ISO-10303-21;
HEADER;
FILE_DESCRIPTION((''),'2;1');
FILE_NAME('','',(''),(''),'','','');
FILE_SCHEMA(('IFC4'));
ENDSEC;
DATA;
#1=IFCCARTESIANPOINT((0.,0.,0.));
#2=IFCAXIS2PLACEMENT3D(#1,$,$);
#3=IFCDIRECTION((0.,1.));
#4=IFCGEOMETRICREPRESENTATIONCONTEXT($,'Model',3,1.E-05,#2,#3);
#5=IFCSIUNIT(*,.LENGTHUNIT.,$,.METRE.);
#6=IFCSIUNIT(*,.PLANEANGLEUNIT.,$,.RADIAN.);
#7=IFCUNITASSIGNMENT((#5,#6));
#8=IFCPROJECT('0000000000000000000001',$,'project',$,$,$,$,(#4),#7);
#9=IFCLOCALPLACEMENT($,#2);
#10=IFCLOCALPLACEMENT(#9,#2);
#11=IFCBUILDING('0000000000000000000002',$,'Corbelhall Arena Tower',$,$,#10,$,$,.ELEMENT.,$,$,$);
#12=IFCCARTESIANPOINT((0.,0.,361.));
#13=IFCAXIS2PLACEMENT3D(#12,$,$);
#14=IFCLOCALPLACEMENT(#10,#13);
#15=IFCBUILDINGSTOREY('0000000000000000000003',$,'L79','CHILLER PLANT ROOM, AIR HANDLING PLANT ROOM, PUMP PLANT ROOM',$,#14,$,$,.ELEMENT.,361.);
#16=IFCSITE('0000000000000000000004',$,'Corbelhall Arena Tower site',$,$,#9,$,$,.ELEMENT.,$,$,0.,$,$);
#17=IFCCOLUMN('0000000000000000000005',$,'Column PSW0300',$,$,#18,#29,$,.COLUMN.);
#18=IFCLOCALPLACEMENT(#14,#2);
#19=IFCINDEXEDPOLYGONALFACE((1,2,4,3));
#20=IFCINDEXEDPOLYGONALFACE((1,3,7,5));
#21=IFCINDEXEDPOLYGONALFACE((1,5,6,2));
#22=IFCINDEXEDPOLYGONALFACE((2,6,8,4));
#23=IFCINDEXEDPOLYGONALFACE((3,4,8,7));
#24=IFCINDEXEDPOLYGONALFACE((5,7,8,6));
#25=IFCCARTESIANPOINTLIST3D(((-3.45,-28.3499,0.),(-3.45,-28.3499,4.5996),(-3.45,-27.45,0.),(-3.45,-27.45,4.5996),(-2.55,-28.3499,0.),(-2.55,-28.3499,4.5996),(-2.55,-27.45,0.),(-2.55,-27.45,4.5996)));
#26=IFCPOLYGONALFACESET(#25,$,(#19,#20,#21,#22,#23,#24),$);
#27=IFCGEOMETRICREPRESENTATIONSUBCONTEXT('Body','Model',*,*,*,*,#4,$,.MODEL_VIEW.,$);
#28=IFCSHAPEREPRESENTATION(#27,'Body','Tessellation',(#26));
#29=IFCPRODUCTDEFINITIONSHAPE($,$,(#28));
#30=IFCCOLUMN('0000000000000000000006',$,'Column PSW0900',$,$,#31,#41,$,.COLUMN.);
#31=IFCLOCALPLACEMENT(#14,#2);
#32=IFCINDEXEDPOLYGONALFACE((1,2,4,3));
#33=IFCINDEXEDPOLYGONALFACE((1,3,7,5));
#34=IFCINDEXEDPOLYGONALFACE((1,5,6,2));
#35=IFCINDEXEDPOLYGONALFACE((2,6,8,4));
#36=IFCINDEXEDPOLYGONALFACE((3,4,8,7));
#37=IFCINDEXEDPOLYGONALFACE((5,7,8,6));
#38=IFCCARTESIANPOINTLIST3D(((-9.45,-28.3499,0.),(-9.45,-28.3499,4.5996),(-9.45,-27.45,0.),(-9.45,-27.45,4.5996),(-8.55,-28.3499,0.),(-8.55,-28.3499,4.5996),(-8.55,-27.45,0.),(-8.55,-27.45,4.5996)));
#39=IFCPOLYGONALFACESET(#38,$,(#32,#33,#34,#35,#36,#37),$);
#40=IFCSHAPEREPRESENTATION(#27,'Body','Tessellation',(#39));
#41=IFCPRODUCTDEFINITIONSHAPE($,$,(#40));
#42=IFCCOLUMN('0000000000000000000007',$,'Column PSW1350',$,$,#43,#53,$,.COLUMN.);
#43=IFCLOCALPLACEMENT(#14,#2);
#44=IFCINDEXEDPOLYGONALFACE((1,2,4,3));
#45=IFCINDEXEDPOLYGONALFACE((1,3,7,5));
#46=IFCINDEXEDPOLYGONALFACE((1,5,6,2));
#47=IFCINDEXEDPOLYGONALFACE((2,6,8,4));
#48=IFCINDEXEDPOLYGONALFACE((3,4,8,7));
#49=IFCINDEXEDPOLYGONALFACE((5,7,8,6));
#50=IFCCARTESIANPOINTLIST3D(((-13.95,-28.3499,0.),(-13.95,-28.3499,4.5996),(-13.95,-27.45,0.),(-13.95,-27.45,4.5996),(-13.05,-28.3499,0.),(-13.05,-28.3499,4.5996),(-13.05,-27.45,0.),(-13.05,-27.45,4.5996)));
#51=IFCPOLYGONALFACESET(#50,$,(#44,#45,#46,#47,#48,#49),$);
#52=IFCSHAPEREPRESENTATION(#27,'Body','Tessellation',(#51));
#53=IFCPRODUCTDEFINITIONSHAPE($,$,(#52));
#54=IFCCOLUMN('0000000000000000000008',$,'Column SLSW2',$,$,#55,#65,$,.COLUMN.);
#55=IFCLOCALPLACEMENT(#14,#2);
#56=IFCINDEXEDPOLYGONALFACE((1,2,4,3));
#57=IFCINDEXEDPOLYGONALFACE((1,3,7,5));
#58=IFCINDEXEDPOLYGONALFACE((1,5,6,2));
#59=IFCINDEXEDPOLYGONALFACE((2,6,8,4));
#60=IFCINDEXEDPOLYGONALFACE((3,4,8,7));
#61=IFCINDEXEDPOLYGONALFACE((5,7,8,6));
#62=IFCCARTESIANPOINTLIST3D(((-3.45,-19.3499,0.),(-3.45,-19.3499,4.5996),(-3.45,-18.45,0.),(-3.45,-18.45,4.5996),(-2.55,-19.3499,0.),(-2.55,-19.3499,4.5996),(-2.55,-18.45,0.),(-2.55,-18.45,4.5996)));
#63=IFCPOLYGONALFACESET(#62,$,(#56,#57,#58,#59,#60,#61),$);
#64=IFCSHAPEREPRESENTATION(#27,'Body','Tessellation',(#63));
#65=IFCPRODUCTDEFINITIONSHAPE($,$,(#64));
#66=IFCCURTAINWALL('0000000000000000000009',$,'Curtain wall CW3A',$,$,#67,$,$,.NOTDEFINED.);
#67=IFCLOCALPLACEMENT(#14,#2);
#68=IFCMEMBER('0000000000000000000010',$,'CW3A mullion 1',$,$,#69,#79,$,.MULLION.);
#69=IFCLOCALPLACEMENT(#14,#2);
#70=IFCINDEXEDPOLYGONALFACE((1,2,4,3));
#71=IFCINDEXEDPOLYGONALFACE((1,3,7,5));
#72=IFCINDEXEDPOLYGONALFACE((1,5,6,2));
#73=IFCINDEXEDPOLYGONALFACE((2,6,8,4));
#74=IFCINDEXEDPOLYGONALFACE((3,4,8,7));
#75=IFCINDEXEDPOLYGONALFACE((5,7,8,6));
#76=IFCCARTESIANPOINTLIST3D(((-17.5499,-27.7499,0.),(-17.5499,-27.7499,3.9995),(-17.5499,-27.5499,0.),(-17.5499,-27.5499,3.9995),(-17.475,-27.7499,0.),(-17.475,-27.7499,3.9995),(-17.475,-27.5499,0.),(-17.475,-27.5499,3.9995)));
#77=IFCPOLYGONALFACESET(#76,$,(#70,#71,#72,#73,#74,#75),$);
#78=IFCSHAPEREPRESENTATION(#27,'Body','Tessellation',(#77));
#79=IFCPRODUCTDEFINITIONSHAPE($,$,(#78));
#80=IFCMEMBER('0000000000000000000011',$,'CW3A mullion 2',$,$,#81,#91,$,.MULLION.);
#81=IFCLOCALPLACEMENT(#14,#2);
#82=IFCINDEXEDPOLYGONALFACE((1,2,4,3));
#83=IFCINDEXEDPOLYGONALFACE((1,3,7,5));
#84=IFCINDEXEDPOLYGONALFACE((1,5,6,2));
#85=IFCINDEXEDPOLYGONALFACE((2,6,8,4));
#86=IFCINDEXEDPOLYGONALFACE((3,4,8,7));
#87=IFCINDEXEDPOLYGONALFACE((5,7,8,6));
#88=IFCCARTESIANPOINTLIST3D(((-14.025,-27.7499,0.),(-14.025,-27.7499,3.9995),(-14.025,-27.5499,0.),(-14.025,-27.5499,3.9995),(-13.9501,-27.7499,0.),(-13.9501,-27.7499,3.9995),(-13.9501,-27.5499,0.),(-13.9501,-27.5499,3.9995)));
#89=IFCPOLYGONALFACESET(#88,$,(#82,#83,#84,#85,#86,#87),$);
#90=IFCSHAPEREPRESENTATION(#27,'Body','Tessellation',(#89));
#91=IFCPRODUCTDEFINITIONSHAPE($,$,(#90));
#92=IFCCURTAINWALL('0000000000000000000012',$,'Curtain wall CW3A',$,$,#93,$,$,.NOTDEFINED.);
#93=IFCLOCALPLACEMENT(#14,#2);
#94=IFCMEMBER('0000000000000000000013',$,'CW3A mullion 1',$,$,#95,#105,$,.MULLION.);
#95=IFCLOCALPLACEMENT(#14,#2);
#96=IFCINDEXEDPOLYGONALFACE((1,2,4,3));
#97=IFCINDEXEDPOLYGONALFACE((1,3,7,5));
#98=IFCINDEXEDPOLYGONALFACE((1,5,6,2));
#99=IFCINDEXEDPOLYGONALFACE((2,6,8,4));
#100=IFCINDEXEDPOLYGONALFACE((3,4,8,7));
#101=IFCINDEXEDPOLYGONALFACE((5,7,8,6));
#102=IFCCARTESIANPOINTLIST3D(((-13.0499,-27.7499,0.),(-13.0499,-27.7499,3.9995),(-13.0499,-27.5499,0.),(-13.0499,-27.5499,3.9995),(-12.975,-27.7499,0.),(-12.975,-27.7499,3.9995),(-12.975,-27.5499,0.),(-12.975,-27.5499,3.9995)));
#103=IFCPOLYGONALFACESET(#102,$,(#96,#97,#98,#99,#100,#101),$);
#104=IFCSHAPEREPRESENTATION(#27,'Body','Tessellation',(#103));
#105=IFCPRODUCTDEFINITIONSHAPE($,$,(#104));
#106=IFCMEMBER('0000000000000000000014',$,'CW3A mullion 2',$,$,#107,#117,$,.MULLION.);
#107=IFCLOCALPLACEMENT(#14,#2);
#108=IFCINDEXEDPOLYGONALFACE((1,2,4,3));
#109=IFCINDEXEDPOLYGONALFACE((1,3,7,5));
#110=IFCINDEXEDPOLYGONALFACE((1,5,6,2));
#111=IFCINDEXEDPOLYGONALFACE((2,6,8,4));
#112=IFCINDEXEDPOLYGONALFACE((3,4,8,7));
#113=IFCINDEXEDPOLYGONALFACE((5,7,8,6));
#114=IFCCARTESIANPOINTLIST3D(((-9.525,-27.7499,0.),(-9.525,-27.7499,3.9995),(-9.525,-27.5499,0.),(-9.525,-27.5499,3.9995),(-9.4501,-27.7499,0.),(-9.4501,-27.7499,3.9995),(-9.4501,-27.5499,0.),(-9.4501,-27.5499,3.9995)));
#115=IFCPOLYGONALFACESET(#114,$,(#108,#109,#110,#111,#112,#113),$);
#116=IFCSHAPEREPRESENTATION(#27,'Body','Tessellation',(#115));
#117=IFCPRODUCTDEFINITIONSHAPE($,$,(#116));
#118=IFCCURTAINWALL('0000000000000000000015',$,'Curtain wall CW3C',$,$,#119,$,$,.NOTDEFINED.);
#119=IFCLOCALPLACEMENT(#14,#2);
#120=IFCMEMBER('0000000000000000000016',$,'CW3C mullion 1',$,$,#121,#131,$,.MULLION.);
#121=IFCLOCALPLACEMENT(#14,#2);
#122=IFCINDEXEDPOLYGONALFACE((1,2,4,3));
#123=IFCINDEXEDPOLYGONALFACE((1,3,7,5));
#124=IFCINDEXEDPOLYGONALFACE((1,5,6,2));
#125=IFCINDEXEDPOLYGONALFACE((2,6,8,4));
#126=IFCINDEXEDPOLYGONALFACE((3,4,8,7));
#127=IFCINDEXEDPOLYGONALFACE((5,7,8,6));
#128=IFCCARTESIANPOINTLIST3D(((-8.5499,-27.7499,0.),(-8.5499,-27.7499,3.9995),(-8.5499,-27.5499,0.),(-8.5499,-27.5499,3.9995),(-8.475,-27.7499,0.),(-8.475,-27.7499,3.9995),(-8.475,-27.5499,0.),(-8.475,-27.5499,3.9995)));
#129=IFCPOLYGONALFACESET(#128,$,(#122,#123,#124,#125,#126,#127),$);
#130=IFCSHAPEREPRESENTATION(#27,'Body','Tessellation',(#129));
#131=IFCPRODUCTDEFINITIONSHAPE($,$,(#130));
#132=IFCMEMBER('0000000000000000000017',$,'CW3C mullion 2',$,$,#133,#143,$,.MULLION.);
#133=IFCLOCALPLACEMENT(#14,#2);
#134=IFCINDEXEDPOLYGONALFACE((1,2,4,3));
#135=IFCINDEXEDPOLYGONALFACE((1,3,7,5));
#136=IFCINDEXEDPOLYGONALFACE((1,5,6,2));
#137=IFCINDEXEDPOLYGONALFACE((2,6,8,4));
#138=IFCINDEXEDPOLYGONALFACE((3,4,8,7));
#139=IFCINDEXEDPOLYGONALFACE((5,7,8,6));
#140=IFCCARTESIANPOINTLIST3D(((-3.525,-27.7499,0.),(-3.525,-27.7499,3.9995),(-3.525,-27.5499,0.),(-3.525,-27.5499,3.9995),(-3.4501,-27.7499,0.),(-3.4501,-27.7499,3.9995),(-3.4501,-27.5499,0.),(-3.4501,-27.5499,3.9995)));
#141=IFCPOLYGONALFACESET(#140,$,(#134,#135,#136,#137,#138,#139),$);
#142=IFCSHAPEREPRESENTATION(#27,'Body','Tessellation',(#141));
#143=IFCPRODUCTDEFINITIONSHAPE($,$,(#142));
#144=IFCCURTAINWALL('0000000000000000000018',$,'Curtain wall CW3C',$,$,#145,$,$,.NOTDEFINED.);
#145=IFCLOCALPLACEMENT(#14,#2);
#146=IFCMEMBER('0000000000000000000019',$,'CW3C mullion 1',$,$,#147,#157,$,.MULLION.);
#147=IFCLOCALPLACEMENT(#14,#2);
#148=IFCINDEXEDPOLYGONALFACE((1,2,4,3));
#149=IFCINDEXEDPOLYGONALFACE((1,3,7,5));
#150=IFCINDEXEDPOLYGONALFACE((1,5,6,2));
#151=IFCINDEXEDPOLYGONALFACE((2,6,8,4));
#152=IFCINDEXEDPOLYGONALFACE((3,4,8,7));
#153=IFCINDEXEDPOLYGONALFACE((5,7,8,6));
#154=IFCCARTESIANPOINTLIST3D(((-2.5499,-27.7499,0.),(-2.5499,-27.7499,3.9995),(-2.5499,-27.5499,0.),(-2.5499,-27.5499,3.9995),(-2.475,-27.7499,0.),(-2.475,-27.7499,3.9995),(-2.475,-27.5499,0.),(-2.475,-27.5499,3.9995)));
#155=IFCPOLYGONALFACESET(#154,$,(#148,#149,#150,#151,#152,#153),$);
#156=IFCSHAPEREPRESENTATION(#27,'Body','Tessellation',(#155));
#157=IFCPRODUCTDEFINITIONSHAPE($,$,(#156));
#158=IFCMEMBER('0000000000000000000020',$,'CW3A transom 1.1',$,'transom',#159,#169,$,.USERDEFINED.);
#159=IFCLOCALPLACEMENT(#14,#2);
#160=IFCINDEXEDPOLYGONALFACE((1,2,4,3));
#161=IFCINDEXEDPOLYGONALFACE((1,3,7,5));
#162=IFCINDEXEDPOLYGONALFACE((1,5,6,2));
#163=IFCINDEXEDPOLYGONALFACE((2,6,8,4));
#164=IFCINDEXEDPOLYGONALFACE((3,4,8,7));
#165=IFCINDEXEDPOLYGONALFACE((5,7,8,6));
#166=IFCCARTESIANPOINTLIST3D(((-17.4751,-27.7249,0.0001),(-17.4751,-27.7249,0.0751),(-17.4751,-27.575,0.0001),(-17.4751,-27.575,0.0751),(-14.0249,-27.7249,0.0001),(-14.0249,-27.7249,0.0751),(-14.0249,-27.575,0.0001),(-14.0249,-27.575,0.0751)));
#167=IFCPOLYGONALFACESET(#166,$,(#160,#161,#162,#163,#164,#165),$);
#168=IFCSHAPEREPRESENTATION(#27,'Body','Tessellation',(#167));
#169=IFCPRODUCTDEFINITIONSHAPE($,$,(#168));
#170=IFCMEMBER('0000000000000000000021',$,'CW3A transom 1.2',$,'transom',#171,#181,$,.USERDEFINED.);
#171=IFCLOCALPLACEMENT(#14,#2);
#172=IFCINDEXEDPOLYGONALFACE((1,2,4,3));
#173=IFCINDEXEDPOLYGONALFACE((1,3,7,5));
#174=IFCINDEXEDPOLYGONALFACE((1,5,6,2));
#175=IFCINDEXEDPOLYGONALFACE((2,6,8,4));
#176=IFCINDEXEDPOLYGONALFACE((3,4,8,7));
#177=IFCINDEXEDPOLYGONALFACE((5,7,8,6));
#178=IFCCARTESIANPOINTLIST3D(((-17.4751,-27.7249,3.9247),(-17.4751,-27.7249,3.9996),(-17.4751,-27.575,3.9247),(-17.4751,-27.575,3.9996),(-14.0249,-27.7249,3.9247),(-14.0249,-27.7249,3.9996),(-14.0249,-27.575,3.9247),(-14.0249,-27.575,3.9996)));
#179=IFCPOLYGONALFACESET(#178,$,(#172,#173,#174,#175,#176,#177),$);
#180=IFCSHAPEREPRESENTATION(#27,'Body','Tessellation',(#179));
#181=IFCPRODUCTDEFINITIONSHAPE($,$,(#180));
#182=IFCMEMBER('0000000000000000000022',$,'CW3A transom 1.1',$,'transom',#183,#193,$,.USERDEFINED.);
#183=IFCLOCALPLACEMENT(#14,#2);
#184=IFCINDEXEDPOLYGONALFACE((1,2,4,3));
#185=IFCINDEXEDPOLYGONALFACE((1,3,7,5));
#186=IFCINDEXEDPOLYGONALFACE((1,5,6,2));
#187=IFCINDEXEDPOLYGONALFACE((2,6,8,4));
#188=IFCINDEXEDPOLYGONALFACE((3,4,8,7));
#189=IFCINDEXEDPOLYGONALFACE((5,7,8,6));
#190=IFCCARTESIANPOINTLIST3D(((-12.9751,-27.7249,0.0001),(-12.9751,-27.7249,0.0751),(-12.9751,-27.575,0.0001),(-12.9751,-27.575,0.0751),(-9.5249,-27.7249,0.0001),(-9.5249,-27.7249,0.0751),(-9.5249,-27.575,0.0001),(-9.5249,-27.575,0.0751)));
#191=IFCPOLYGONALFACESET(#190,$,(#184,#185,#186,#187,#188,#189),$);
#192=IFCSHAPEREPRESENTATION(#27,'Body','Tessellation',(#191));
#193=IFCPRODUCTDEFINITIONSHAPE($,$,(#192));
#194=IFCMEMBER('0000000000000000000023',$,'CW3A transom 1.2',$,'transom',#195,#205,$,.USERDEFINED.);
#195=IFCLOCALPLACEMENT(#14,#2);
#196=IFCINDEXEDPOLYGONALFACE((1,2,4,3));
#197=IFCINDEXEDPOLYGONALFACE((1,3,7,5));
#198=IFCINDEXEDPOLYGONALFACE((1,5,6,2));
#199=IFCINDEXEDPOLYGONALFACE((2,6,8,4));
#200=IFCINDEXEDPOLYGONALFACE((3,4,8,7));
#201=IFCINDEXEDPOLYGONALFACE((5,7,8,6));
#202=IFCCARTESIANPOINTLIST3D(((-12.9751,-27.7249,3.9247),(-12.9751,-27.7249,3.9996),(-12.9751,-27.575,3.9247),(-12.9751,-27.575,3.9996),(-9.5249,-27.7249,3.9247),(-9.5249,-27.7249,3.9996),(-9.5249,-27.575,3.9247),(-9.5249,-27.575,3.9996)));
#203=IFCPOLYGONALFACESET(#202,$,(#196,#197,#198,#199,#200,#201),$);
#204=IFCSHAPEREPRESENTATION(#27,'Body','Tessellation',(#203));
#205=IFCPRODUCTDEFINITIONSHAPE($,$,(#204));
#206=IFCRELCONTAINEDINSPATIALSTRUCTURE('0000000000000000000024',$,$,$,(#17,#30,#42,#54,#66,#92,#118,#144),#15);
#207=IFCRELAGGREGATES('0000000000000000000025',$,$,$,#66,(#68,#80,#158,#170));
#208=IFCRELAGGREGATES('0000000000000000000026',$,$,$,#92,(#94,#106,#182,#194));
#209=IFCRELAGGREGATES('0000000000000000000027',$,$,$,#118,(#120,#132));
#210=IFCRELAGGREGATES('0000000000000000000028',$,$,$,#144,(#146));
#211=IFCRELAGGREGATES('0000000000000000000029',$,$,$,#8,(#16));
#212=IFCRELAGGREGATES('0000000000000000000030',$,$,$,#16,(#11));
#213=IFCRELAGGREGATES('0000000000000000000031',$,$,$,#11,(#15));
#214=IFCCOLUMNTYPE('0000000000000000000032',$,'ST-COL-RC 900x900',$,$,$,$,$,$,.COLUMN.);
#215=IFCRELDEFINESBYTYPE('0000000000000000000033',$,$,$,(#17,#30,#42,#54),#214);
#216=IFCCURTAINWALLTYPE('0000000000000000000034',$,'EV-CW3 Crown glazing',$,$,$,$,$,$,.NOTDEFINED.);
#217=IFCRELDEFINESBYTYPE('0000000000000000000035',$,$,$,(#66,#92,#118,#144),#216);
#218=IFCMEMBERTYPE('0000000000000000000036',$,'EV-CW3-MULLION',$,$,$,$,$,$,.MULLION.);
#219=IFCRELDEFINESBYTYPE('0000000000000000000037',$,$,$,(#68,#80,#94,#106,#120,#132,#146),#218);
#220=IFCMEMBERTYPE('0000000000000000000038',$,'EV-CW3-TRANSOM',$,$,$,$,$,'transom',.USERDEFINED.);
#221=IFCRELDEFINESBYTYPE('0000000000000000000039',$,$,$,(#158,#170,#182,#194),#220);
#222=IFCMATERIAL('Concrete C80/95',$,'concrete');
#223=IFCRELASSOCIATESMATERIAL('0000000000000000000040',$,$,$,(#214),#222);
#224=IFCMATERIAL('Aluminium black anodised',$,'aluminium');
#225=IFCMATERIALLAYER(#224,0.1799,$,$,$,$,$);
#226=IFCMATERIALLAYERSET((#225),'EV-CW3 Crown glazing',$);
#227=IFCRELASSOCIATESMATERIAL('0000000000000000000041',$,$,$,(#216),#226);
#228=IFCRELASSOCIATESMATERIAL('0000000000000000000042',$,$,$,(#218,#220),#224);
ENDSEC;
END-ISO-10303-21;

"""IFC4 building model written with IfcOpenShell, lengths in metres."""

from ifc_helpers import new_model, si_unit, direction, frame, origin, origin_2d, place, context, subcontext, project, spatial, rectangle, extrude, material, layer, layer_set, material_profile, profile_set, type_object, element, aggregate, save


model = new_model("IFC4")

# Units and contexts
model_context = context("Model", 3, precision=1e-05, world=origin(), true_north=direction((0.0, 1.0)))
body_context = subcontext(model_context, "Body", "Model", "MODEL_VIEW")
ifc_project = project(units=[si_unit("LENGTHUNIT", "METRE"), si_unit("PLANEANGLEUNIT", "RADIAN")], contexts=[model_context])

# Site, building, storey
site_placement = place(None, origin())
site = spatial("IfcSite", under=ifc_project, at=site_placement, Name="Corbelhall Arena Tower site", CompositionType="ELEMENT", RefElevation=0.0)
building_placement = place(site_placement, origin())
building = spatial("IfcBuilding", under=site, at=building_placement, Name="Corbelhall Arena Tower", CompositionType="ELEMENT")
storey_placement = place(building_placement, frame((0.0, 0.0, 361.0)))
storey = spatial("IfcBuildingStorey", under=building, at=storey_placement, Name="L79", Description="CHILLER PLANT ROOM, AIR HANDLING PLANT ROOM, PUMP PLANT ROOM", CompositionType="ELEMENT", Elevation=361.0)

# Columns
ifc_material_1 = material(Name="Concrete C80/95", Category="concrete")
ifc_material_profile_1 = material_profile(ifc_material_1, rectangle(XDim=0.8999, YDim=0.8999, at=origin_2d()))
ifc_profile_set_1 = profile_set([ifc_material_profile_1], Name="Concrete C80/95")
column_type = type_object("IfcColumnType", Name="ST-COL-RC 900x900", PredefinedType="COLUMN", material=ifc_profile_set_1)
for number, where, z_axis, x_axis, name in (
    (1, (-3.0, -27.8999, 0.0), (0.0, 0.0, 1.0), (1.0, 0.0, 0.0), "Column PSW0300"),
    (2, (-9.0, -27.8999, 0.0), (0.0, 0.0, 1.0), (1.0, 0.0, 0.0), "Column PSW0900"),
    (3, (-13.5, -27.8999, 0.0), (0.0, 0.0, 1.0), (1.0, 0.0, 0.0), "Column PSW1350"),
    (4, (-3.0, -18.8999, 0.0), (0.0, 0.0, 1.0), (1.0, 0.0, 0.0), "Column SLSW2"),
):
    element("IfcColumn", number, at=place(storey_placement, frame(where, z_axis=z_axis, x_axis=x_axis)), inside=storey, type_object=column_type, Name=name, PredefinedType="COLUMN", context=body_context, shape_type="SweptSolid", body=[
        extrude(rectangle(XDim=0.8999, YDim=0.8999, at=origin_2d()), origin(), (0.0, 0.0, 1.0), 4.5996),
    ])

# Curtain walls, members
ifc_material_2 = material(Name="Aluminium black anodised", Category="aluminium")
ifc_layer_1 = layer(ifc_material_2, 0.1799)
ifc_layer_set_1 = layer_set([ifc_layer_1], Name="EV-CW3 Crown glazing")
curtain_wall_type = type_object("IfcCurtainWallType", Name="EV-CW3 Crown glazing", PredefinedType="NOTDEFINED", material=ifc_layer_set_1)
curtain_wall_1_placement = place(storey_placement, origin())
curtain_wall_1 = element("IfcCurtainWall", 5, at=curtain_wall_1_placement, inside=storey, type_object=curtain_wall_type, Name="Curtain wall CW3A", PredefinedType="NOTDEFINED")
ifc_material_profile_2 = material_profile(ifc_material_2, rectangle(XDim=0.2, YDim=0.075, at=origin_2d()))
ifc_profile_set_2 = profile_set([ifc_material_profile_2], Name="Aluminium black anodised")
member_type_1 = type_object("IfcMemberType", Name="EV-CW3-MULLION", PredefinedType="MULLION", material=ifc_profile_set_2)
member_1_placement = place(storey_placement, frame((-17.5125, -27.6499, 0.0), z_axis=(0.0, 0.0, 1.0), x_axis=(0.0, 1.0, 0.0)))
member_1 = element("IfcMember", 6, at=member_1_placement, type_object=member_type_1, Name="CW3A mullion 1", PredefinedType="MULLION", context=body_context, shape_type="SweptSolid", body=[
    extrude(rectangle(XDim=0.2, YDim=0.075, at=origin_2d()), origin(), (0.0, 0.0, 1.0), 3.9995),
])
member_2_placement = place(storey_placement, frame((-13.9875, -27.6499, 0.0), z_axis=(0.0, 0.0, 1.0), x_axis=(0.0, 1.0, 0.0)))
member_2 = element("IfcMember", 7, at=member_2_placement, type_object=member_type_1, Name="CW3A mullion 2", PredefinedType="MULLION", context=body_context, shape_type="SweptSolid", body=[
    extrude(rectangle(XDim=0.2, YDim=0.075, at=origin_2d()), origin(), (0.0, 0.0, 1.0), 3.9995),
])
curtain_wall_2_placement = place(storey_placement, origin())
curtain_wall_2 = element("IfcCurtainWall", 8, at=curtain_wall_2_placement, inside=storey, type_object=curtain_wall_type, Name="Curtain wall CW3A", PredefinedType="NOTDEFINED")
member_3_placement = place(storey_placement, frame((-13.0125, -27.6499, 0.0), z_axis=(0.0, 0.0, 1.0), x_axis=(0.0, 1.0, 0.0)))
member_3 = element("IfcMember", 9, at=member_3_placement, type_object=member_type_1, Name="CW3A mullion 1", PredefinedType="MULLION", context=body_context, shape_type="SweptSolid", body=[
    extrude(rectangle(XDim=0.2, YDim=0.075, at=origin_2d()), origin(), (0.0, 0.0, 1.0), 3.9995),
])
member_4_placement = place(storey_placement, frame((-9.4875, -27.6499, 0.0), z_axis=(0.0, 0.0, 1.0), x_axis=(0.0, 1.0, 0.0)))
member_4 = element("IfcMember", 10, at=member_4_placement, type_object=member_type_1, Name="CW3A mullion 2", PredefinedType="MULLION", context=body_context, shape_type="SweptSolid", body=[
    extrude(rectangle(XDim=0.2, YDim=0.075, at=origin_2d()), origin(), (0.0, 0.0, 1.0), 3.9995),
])
curtain_wall_3_placement = place(storey_placement, origin())
curtain_wall_3 = element("IfcCurtainWall", 11, at=curtain_wall_3_placement, inside=storey, type_object=curtain_wall_type, Name="Curtain wall CW3C", PredefinedType="NOTDEFINED")
member_5_placement = place(storey_placement, frame((-8.5125, -27.6499, 0.0), z_axis=(0.0, 0.0, 1.0), x_axis=(0.0, 1.0, 0.0)))
member_5 = element("IfcMember", 12, at=member_5_placement, type_object=member_type_1, Name="CW3C mullion 1", PredefinedType="MULLION", context=body_context, shape_type="SweptSolid", body=[
    extrude(rectangle(XDim=0.2, YDim=0.075, at=origin_2d()), origin(), (0.0, 0.0, 1.0), 3.9995),
])
member_6_placement = place(storey_placement, frame((-3.4875, -27.6499, 0.0), z_axis=(0.0, 0.0, 1.0), x_axis=(0.0, 1.0, 0.0)))
member_6 = element("IfcMember", 13, at=member_6_placement, type_object=member_type_1, Name="CW3C mullion 2", PredefinedType="MULLION", context=body_context, shape_type="SweptSolid", body=[
    extrude(rectangle(XDim=0.2, YDim=0.075, at=origin_2d()), origin(), (0.0, 0.0, 1.0), 3.9995),
])

# Curtain wall, member
curtain_wall_4_placement = place(storey_placement, origin())
curtain_wall_4 = element("IfcCurtainWall", 14, at=curtain_wall_4_placement, inside=storey, type_object=curtain_wall_type, Name="Curtain wall CW3C", PredefinedType="NOTDEFINED")
member_7_placement = place(storey_placement, frame((-2.5125, -27.6499, 0.0), z_axis=(0.0, 0.0, 1.0), x_axis=(0.0, 1.0, 0.0)))
member_7 = element("IfcMember", 15, at=member_7_placement, type_object=member_type_1, Name="CW3C mullion 1", PredefinedType="MULLION", context=body_context, shape_type="SweptSolid", body=[
    extrude(rectangle(XDim=0.2, YDim=0.075, at=origin_2d()), origin(), (0.0, 0.0, 1.0), 3.9995),
])

# Members
ifc_material_profile_3 = material_profile(ifc_material_2, rectangle(XDim=0.1499, YDim=0.075, at=origin_2d()))
ifc_profile_set_3 = profile_set([ifc_material_profile_3], Name="Aluminium black anodised")
member_type_2 = type_object("IfcMemberType", Name="EV-CW3-TRANSOM", ElementType="transom", PredefinedType="USERDEFINED", material=ifc_profile_set_3)
member_8_placement = place(storey_placement, frame((-17.4751, -27.6499, 0.0376), z_axis=(1.0, 0.0, 0.0), x_axis=(0.0, 1.0, 0.0)))
member_8 = element("IfcMember", 16, at=member_8_placement, type_object=member_type_2, Name="CW3A transom 1.1", ObjectType="transom", PredefinedType="USERDEFINED", context=body_context, shape_type="SweptSolid", body=[
    extrude(rectangle(XDim=0.1499, YDim=0.075, at=origin_2d()), origin(), (0.0, 0.0, 1.0), 3.4502),
])
member_9_placement = place(storey_placement, frame((-17.4751, -27.6499, 3.9622), z_axis=(1.0, 0.0, 0.0), x_axis=(0.0, 1.0, 0.0)))
member_9 = element("IfcMember", 17, at=member_9_placement, type_object=member_type_2, Name="CW3A transom 1.2", ObjectType="transom", PredefinedType="USERDEFINED", context=body_context, shape_type="SweptSolid", body=[
    extrude(rectangle(XDim=0.1499, YDim=0.075, at=origin_2d()), origin(), (0.0, 0.0, 1.0), 3.4502),
])
member_10_placement = place(storey_placement, frame((-12.9751, -27.6499, 0.0376), z_axis=(1.0, 0.0, 0.0), x_axis=(0.0, 1.0, 0.0)))
member_10 = element("IfcMember", 18, at=member_10_placement, type_object=member_type_2, Name="CW3A transom 1.1", ObjectType="transom", PredefinedType="USERDEFINED", context=body_context, shape_type="SweptSolid", body=[
    extrude(rectangle(XDim=0.1499, YDim=0.075, at=origin_2d()), origin(), (0.0, 0.0, 1.0), 3.4502),
])
member_11_placement = place(storey_placement, frame((-12.9751, -27.6499, 3.9622), z_axis=(1.0, 0.0, 0.0), x_axis=(0.0, 1.0, 0.0)))
member_11 = element("IfcMember", 19, at=member_11_placement, type_object=member_type_2, Name="CW3A transom 1.2", ObjectType="transom", PredefinedType="USERDEFINED", context=body_context, shape_type="SweptSolid", body=[
    extrude(rectangle(XDim=0.1499, YDim=0.075, at=origin_2d()), origin(), (0.0, 0.0, 1.0), 3.4502),
])

aggregate(curtain_wall_1, [member_1, member_2, member_8, member_9])
aggregate(curtain_wall_2, [member_3, member_4, member_10, member_11])
aggregate(curtain_wall_3, [member_5, member_6])
aggregate(curtain_wall_4, [member_7])

save(model, "model.ifc")
